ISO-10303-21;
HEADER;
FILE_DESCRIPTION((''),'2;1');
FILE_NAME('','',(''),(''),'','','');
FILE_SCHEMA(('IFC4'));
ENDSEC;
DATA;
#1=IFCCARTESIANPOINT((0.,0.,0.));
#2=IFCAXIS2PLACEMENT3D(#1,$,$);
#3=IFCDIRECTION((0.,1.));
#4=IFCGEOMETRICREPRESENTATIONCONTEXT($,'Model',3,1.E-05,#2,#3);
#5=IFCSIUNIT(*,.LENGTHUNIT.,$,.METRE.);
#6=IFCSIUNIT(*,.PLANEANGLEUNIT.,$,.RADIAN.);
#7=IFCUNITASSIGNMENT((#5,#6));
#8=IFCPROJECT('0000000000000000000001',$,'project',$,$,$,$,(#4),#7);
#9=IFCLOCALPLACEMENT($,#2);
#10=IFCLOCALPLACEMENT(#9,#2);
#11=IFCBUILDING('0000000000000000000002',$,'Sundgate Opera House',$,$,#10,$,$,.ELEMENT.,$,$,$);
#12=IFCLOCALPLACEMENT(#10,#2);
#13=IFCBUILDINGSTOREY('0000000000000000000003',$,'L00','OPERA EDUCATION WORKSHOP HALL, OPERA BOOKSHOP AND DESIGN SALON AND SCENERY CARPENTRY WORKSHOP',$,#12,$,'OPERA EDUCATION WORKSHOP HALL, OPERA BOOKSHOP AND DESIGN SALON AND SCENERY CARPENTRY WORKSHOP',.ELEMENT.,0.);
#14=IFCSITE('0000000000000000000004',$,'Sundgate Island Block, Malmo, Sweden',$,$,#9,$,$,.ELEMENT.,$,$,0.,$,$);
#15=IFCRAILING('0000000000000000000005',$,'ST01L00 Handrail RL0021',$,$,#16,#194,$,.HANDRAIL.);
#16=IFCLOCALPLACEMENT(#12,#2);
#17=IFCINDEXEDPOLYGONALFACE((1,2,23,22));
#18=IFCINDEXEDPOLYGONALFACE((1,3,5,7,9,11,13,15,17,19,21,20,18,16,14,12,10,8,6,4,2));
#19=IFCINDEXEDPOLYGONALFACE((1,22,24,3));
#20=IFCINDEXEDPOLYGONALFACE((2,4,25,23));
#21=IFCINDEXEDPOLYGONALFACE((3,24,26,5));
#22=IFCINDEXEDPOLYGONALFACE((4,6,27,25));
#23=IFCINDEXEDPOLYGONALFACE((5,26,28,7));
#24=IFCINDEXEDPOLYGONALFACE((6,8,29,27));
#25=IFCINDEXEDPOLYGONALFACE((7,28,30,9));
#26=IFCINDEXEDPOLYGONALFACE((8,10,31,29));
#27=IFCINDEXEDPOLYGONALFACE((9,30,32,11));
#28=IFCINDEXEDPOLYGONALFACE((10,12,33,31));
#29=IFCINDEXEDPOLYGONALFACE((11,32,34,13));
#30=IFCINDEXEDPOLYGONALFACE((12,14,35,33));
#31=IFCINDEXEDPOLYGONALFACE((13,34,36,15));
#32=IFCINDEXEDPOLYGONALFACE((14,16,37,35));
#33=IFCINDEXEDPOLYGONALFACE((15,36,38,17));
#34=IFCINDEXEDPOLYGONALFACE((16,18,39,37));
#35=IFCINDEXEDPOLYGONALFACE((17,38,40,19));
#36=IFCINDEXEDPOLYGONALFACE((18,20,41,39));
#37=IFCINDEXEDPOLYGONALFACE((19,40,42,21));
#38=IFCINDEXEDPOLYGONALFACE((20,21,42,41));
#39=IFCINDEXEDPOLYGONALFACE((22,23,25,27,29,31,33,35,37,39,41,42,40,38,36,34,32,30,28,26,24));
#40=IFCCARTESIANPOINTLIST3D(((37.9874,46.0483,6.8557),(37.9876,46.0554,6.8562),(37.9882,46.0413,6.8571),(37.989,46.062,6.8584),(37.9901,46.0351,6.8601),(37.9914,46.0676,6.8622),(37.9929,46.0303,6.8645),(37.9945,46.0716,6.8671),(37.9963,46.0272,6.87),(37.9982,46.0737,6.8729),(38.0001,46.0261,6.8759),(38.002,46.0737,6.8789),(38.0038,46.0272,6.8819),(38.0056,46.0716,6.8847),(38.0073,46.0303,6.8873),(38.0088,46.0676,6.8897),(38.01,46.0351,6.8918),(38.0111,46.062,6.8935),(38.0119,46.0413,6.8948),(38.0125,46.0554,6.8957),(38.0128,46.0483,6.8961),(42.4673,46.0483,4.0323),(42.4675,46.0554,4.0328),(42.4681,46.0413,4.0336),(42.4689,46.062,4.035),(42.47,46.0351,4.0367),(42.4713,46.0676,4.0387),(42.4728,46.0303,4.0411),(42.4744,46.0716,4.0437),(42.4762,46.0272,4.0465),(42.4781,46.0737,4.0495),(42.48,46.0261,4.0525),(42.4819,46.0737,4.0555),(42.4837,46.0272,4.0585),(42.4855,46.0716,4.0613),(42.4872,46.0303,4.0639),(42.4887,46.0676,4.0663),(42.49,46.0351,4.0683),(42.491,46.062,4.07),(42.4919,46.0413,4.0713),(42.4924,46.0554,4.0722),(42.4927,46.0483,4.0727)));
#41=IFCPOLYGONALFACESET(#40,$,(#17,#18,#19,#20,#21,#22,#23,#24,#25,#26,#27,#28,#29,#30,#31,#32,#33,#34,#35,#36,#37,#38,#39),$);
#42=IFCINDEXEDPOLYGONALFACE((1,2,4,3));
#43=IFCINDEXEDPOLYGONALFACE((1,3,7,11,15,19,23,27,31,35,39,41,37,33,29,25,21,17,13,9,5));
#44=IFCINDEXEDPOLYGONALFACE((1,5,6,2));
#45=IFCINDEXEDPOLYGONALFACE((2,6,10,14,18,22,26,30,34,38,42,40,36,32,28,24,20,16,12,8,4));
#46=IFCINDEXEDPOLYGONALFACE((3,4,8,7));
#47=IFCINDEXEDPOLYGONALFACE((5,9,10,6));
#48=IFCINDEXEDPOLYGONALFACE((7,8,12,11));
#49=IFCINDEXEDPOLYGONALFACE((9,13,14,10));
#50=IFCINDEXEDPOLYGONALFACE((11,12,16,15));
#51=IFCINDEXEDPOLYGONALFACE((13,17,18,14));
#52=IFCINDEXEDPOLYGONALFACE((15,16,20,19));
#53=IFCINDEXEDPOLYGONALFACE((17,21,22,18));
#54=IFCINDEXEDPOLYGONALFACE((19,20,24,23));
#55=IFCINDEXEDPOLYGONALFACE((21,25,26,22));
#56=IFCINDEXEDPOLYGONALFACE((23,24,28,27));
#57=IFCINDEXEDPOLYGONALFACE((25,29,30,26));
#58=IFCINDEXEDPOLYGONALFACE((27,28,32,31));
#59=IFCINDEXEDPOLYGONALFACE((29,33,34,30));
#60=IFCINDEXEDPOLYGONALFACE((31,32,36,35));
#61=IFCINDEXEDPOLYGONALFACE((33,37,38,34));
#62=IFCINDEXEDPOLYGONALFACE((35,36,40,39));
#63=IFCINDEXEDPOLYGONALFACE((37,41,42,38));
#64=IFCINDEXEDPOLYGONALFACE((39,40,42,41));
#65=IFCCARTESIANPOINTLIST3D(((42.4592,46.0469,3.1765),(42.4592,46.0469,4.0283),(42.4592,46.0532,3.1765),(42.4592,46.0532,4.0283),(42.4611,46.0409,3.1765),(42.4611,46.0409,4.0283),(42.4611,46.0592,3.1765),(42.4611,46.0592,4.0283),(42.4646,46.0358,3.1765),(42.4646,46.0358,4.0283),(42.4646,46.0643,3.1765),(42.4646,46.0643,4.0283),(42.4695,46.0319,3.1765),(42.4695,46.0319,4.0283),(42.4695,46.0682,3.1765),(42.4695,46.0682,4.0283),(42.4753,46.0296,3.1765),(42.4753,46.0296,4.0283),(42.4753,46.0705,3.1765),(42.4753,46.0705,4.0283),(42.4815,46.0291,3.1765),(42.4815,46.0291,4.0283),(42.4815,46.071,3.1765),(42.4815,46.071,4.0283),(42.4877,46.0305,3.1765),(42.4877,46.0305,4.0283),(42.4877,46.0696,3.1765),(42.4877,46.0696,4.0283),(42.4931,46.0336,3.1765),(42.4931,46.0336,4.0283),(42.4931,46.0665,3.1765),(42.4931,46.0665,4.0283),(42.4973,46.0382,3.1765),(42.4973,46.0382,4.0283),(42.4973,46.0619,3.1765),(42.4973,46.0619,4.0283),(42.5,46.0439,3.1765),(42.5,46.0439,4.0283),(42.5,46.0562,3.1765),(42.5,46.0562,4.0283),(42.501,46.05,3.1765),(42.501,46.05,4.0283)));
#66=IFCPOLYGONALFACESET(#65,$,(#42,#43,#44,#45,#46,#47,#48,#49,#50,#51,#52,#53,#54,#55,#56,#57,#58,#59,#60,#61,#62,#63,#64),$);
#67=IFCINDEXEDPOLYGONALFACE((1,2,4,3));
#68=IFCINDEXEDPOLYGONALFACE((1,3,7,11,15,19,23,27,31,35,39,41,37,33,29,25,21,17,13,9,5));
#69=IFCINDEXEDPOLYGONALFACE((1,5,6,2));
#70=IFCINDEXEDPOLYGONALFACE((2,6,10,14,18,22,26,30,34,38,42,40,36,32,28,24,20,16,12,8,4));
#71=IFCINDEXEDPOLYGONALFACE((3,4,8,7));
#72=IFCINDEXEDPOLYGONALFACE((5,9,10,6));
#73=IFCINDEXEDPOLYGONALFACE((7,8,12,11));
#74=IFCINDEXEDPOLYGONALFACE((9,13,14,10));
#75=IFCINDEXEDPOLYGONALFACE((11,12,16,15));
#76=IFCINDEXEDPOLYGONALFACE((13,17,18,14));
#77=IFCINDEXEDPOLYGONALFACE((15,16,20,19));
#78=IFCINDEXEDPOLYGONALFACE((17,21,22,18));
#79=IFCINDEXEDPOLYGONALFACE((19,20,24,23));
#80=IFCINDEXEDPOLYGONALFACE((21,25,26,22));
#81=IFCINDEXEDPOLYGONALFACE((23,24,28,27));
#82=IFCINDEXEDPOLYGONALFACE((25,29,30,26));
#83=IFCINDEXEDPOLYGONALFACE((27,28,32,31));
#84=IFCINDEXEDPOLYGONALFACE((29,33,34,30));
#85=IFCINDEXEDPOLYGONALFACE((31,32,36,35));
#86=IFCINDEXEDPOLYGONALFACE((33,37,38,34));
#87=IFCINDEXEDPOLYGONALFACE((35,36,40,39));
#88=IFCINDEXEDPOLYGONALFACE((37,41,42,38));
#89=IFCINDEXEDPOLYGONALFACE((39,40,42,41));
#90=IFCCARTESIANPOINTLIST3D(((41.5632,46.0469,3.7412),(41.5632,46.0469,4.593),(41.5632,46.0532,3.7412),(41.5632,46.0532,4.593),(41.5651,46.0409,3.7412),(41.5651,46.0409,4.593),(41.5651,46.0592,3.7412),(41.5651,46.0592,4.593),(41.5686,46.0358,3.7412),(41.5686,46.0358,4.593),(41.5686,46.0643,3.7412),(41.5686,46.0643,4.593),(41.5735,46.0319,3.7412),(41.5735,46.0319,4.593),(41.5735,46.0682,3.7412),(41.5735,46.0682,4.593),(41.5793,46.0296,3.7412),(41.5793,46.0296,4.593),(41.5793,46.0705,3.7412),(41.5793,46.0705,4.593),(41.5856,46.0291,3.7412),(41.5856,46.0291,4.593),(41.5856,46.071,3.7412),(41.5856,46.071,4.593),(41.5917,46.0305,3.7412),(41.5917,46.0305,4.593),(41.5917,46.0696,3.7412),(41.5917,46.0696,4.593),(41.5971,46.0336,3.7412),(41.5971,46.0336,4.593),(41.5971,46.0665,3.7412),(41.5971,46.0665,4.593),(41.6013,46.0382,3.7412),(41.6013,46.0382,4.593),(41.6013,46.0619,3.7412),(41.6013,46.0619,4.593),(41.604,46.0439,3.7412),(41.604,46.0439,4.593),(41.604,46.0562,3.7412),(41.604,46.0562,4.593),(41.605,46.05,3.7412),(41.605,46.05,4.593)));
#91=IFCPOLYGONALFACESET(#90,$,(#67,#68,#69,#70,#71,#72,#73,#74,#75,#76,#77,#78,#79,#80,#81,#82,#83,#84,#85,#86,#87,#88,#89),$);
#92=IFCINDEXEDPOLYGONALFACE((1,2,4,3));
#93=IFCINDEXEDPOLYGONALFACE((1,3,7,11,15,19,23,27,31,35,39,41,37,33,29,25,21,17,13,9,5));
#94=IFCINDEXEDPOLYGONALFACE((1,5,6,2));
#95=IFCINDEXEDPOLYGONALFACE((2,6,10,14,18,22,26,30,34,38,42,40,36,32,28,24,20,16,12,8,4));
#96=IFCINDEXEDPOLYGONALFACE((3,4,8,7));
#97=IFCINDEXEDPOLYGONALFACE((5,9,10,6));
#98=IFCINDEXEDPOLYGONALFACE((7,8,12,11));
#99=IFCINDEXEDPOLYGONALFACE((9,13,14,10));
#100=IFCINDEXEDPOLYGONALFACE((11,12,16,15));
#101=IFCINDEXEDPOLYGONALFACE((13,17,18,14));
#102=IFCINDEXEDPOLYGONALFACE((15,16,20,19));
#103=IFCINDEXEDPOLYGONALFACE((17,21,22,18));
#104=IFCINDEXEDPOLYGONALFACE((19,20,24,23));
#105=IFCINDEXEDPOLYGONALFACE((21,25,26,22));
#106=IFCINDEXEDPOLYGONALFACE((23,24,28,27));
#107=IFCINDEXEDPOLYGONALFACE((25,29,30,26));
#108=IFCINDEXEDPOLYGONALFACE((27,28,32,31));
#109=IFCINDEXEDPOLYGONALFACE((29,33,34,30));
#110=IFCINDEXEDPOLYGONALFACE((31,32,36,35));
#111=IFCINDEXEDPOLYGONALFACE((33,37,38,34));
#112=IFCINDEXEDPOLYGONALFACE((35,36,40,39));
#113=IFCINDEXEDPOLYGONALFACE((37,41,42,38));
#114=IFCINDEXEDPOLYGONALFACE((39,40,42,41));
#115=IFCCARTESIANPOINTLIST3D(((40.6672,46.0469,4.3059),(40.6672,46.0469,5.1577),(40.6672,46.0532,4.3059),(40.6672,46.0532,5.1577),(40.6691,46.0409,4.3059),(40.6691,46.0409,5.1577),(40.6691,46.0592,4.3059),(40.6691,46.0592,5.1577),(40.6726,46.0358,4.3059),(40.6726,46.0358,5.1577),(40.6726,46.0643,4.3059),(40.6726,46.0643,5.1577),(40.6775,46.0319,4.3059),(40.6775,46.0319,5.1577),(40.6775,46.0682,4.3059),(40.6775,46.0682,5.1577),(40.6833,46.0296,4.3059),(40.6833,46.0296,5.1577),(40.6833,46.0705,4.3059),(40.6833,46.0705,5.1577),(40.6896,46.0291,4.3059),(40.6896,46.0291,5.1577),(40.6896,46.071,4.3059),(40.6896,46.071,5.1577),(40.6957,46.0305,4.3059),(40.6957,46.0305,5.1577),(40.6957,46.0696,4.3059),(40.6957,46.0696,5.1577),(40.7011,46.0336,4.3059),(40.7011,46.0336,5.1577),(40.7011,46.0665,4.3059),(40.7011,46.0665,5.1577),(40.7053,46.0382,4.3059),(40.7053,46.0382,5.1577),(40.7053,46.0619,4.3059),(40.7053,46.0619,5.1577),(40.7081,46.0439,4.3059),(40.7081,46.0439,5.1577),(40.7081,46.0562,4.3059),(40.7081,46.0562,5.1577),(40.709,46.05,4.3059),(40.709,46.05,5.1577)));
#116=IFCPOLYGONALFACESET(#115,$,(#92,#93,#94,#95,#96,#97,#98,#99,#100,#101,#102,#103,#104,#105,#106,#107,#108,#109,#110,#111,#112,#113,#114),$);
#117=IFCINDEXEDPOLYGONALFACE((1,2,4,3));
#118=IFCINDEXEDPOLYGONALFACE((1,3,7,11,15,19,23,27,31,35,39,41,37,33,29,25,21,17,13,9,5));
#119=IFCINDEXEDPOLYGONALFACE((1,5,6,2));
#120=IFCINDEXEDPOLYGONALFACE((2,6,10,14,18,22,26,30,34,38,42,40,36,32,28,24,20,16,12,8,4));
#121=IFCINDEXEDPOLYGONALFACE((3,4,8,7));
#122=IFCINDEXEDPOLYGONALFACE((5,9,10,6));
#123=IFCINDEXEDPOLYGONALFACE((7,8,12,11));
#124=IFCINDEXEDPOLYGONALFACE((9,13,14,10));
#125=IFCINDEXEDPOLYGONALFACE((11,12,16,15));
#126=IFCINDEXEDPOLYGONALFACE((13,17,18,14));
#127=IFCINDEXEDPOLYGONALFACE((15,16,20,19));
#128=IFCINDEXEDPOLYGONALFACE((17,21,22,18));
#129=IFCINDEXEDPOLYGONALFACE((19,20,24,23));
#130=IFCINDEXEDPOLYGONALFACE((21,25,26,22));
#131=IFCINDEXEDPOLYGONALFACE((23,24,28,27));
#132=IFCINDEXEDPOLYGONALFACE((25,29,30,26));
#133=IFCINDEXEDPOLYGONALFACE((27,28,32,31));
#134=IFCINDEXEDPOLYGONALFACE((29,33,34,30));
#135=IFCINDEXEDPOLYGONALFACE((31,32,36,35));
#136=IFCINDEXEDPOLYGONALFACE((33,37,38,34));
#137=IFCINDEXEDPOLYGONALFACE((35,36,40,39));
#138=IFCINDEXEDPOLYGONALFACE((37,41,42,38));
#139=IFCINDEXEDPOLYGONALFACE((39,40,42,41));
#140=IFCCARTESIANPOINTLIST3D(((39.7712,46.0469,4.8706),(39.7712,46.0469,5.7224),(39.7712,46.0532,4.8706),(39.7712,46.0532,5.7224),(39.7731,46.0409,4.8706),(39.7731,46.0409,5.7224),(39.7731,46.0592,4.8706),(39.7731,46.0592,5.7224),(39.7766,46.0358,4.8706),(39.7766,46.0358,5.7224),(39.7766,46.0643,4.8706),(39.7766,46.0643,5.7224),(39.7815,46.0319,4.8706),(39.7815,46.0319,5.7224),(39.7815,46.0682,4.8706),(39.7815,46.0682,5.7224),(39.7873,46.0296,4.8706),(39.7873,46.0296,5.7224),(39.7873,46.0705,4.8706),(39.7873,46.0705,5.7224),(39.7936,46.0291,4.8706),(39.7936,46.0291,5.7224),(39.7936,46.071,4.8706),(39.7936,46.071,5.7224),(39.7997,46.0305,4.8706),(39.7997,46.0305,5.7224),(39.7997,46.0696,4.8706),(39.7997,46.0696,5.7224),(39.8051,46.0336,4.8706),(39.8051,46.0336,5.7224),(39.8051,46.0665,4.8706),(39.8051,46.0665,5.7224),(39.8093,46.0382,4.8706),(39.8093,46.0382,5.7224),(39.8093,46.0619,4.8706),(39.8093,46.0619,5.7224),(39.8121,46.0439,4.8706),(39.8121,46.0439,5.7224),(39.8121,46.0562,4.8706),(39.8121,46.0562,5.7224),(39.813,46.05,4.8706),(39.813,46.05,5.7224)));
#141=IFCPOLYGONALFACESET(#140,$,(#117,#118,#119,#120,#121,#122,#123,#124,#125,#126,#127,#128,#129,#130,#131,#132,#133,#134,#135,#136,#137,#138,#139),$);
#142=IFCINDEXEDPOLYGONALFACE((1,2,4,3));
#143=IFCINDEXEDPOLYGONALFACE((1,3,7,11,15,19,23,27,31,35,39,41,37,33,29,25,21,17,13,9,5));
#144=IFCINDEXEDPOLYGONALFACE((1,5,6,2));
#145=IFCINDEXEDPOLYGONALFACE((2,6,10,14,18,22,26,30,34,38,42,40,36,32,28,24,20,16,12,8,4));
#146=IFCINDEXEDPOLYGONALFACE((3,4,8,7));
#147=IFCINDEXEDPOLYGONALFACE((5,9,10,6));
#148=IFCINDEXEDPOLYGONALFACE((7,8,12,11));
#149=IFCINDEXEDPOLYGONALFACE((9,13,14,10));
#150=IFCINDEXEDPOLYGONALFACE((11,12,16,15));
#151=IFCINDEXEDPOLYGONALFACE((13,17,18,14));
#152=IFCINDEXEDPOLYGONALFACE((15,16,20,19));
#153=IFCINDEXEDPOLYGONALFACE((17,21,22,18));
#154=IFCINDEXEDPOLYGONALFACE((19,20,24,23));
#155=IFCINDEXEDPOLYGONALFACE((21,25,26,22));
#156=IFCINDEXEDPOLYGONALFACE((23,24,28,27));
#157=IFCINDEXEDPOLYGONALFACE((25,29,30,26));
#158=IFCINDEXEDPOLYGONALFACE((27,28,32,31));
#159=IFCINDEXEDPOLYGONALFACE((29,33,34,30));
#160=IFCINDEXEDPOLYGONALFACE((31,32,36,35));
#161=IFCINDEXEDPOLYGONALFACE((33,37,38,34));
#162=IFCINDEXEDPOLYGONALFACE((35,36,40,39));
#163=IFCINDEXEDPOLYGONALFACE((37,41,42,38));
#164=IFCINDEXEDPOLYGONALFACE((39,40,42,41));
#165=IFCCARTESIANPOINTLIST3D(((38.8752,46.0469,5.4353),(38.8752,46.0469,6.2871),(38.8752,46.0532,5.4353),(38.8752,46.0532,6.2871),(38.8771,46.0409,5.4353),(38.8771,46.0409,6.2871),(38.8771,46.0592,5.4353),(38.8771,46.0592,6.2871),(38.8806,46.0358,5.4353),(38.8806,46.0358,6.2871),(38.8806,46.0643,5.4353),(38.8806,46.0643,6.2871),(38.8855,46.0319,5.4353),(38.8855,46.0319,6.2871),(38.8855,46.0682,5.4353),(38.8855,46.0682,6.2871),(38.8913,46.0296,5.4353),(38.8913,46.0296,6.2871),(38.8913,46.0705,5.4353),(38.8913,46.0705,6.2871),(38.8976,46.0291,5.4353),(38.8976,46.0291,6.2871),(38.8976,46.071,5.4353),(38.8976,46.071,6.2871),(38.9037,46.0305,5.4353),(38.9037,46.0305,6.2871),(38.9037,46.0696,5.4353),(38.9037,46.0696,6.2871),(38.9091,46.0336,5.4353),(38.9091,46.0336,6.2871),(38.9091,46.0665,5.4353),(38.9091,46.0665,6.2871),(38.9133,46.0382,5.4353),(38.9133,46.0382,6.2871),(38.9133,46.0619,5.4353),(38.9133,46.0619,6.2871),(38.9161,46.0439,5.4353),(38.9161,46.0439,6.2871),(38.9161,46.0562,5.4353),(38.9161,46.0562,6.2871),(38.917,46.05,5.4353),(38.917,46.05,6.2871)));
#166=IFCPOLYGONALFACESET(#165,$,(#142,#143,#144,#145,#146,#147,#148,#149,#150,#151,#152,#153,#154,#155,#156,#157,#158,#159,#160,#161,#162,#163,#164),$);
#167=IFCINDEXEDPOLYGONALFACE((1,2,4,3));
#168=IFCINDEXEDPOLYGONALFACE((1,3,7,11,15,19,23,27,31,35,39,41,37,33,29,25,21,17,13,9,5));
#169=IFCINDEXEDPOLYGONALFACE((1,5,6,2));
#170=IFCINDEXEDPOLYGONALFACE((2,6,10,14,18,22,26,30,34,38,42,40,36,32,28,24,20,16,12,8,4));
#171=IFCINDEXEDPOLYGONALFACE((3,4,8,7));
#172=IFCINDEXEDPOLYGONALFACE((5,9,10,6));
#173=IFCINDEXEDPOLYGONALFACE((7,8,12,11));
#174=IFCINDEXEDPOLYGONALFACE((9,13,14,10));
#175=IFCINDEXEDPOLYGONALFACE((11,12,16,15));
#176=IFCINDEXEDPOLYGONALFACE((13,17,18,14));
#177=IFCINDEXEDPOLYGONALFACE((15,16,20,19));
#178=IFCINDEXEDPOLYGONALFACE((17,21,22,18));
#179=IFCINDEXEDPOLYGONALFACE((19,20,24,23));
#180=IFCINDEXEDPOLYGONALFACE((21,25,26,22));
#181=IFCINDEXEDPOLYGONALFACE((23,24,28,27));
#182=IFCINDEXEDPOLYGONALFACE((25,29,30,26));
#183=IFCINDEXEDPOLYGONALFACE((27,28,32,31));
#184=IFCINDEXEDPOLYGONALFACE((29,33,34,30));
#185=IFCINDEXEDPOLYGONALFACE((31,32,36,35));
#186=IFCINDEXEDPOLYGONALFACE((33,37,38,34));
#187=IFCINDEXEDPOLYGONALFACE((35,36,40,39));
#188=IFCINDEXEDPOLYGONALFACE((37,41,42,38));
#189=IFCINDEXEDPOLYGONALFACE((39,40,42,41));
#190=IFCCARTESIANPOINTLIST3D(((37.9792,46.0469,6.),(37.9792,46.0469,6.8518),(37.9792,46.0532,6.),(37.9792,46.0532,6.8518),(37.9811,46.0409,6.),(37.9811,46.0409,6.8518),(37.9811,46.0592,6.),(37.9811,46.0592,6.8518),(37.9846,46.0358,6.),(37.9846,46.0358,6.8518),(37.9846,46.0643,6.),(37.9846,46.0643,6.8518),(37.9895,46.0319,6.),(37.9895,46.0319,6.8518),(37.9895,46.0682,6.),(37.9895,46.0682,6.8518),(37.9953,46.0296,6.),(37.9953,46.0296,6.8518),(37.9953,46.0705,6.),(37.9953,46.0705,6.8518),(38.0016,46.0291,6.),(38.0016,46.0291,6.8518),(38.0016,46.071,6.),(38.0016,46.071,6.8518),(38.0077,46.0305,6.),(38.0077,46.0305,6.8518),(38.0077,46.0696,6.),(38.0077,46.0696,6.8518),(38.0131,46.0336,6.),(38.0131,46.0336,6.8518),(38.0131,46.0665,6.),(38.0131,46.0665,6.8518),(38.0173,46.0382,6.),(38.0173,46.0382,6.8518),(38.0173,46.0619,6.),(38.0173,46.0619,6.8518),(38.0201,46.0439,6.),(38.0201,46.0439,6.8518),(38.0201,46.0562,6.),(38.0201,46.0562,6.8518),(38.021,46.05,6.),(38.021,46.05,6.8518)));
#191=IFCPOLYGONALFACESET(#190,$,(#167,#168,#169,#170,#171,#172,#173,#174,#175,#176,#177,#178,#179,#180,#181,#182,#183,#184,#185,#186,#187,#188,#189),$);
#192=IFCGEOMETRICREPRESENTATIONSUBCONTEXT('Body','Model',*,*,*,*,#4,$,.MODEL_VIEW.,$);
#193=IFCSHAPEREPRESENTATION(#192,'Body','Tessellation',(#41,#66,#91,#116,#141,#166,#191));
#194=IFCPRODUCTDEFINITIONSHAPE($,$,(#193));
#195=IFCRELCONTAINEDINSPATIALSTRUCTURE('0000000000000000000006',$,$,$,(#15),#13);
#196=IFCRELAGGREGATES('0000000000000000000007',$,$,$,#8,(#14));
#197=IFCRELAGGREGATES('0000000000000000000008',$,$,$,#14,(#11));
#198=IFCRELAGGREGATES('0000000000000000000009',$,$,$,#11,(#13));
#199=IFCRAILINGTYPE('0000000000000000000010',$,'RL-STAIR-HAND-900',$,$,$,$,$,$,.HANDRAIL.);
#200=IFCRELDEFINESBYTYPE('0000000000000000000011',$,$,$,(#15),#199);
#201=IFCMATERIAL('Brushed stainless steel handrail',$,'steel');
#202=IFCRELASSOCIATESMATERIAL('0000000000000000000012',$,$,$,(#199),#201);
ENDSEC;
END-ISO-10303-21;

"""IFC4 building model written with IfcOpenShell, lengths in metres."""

from ifc_helpers import new_model, si_unit, direction, frame, origin, origin_2d, place, context, subcontext, project, spatial, circle, extrude, material, type_object, element, save


model = new_model("IFC4")

# Units and contexts
model_context = context("Model", 3, precision=1e-05, world=origin(), true_north=direction((0.0, 1.0)))
body_context = subcontext(model_context, "Body", "Model", "MODEL_VIEW")
ifc_project = project(units=[si_unit("LENGTHUNIT", "METRE"), si_unit("PLANEANGLEUNIT", "RADIAN")], contexts=[model_context])

# Site, building, storey
site_placement = place(None, origin())
site = spatial("IfcSite", under=ifc_project, at=site_placement, Name="Sundgate Island Block, Malmo, Sweden", CompositionType="ELEMENT", RefElevation=0.0)
building_placement = place(site_placement, origin())
building = spatial("IfcBuilding", under=site, at=building_placement, Name="Sundgate Opera House", CompositionType="ELEMENT")
storey_placement = place(building_placement, origin())
storey = spatial("IfcBuildingStorey", under=building, at=storey_placement, Name="L00", Description="OPERA EDUCATION WORKSHOP HALL, OPERA BOOKSHOP AND DESIGN SALON AND SCENERY CARPENTRY WORKSHOP", LongName="OPERA EDUCATION WORKSHOP HALL, OPERA BOOKSHOP AND DESIGN SALON AND SCENERY CARPENTRY WORKSHOP", CompositionType="ELEMENT", Elevation=0.0)

# Railing
ifc_material_1 = material(Name="Brushed stainless steel handrail", Category="steel")
railing_type = type_object("IfcRailingType", Name="RL-STAIR-HAND-900", PredefinedType="HANDRAIL", material=ifc_material_1)
railing_placement = place(storey_placement, frame((42.48, 46.05, 3.1765)))
element("IfcRailing", 1, at=railing_placement, inside=storey, type_object=railing_type, Name="ST01L00 Handrail RL0021", PredefinedType="HANDRAIL", context=body_context, shape_type="SweptSolid", body=[
    extrude(circle(Radius=0.0239, at=origin_2d()), frame((0.0, 0.0, 0.876), z_axis=(-0.845998, 0.0, 0.533186), x_axis=(0.0, -1.0, 0.0)), (0.0, 0.0, 1.0), 5.2954),
    extrude(circle(Radius=0.021, at=origin_2d()), origin(), (0.0, 0.0, 1.0), 0.8518),
    extrude(circle(Radius=0.021, at=origin_2d()), frame((-0.896, 0.0, 0.5647)), (0.0, 0.0, 1.0), 0.8518),
    extrude(circle(Radius=0.021, at=origin_2d()), frame((-1.792, 0.0, 1.1294)), (0.0, 0.0, 1.0), 0.8518),
    extrude(circle(Radius=0.021, at=origin_2d()), frame((-2.688, 0.0, 1.6941)), (0.0, 0.0, 1.0), 0.8518),
    extrude(circle(Radius=0.021, at=origin_2d()), frame((-3.584, 0.0, 2.2588)), (0.0, 0.0, 1.0), 0.8518),
    extrude(circle(Radius=0.021, at=origin_2d()), frame((-4.48, 0.0, 2.8235)), (0.0, 0.0, 1.0), 0.8518),
])

save(model, "model.ifc")
